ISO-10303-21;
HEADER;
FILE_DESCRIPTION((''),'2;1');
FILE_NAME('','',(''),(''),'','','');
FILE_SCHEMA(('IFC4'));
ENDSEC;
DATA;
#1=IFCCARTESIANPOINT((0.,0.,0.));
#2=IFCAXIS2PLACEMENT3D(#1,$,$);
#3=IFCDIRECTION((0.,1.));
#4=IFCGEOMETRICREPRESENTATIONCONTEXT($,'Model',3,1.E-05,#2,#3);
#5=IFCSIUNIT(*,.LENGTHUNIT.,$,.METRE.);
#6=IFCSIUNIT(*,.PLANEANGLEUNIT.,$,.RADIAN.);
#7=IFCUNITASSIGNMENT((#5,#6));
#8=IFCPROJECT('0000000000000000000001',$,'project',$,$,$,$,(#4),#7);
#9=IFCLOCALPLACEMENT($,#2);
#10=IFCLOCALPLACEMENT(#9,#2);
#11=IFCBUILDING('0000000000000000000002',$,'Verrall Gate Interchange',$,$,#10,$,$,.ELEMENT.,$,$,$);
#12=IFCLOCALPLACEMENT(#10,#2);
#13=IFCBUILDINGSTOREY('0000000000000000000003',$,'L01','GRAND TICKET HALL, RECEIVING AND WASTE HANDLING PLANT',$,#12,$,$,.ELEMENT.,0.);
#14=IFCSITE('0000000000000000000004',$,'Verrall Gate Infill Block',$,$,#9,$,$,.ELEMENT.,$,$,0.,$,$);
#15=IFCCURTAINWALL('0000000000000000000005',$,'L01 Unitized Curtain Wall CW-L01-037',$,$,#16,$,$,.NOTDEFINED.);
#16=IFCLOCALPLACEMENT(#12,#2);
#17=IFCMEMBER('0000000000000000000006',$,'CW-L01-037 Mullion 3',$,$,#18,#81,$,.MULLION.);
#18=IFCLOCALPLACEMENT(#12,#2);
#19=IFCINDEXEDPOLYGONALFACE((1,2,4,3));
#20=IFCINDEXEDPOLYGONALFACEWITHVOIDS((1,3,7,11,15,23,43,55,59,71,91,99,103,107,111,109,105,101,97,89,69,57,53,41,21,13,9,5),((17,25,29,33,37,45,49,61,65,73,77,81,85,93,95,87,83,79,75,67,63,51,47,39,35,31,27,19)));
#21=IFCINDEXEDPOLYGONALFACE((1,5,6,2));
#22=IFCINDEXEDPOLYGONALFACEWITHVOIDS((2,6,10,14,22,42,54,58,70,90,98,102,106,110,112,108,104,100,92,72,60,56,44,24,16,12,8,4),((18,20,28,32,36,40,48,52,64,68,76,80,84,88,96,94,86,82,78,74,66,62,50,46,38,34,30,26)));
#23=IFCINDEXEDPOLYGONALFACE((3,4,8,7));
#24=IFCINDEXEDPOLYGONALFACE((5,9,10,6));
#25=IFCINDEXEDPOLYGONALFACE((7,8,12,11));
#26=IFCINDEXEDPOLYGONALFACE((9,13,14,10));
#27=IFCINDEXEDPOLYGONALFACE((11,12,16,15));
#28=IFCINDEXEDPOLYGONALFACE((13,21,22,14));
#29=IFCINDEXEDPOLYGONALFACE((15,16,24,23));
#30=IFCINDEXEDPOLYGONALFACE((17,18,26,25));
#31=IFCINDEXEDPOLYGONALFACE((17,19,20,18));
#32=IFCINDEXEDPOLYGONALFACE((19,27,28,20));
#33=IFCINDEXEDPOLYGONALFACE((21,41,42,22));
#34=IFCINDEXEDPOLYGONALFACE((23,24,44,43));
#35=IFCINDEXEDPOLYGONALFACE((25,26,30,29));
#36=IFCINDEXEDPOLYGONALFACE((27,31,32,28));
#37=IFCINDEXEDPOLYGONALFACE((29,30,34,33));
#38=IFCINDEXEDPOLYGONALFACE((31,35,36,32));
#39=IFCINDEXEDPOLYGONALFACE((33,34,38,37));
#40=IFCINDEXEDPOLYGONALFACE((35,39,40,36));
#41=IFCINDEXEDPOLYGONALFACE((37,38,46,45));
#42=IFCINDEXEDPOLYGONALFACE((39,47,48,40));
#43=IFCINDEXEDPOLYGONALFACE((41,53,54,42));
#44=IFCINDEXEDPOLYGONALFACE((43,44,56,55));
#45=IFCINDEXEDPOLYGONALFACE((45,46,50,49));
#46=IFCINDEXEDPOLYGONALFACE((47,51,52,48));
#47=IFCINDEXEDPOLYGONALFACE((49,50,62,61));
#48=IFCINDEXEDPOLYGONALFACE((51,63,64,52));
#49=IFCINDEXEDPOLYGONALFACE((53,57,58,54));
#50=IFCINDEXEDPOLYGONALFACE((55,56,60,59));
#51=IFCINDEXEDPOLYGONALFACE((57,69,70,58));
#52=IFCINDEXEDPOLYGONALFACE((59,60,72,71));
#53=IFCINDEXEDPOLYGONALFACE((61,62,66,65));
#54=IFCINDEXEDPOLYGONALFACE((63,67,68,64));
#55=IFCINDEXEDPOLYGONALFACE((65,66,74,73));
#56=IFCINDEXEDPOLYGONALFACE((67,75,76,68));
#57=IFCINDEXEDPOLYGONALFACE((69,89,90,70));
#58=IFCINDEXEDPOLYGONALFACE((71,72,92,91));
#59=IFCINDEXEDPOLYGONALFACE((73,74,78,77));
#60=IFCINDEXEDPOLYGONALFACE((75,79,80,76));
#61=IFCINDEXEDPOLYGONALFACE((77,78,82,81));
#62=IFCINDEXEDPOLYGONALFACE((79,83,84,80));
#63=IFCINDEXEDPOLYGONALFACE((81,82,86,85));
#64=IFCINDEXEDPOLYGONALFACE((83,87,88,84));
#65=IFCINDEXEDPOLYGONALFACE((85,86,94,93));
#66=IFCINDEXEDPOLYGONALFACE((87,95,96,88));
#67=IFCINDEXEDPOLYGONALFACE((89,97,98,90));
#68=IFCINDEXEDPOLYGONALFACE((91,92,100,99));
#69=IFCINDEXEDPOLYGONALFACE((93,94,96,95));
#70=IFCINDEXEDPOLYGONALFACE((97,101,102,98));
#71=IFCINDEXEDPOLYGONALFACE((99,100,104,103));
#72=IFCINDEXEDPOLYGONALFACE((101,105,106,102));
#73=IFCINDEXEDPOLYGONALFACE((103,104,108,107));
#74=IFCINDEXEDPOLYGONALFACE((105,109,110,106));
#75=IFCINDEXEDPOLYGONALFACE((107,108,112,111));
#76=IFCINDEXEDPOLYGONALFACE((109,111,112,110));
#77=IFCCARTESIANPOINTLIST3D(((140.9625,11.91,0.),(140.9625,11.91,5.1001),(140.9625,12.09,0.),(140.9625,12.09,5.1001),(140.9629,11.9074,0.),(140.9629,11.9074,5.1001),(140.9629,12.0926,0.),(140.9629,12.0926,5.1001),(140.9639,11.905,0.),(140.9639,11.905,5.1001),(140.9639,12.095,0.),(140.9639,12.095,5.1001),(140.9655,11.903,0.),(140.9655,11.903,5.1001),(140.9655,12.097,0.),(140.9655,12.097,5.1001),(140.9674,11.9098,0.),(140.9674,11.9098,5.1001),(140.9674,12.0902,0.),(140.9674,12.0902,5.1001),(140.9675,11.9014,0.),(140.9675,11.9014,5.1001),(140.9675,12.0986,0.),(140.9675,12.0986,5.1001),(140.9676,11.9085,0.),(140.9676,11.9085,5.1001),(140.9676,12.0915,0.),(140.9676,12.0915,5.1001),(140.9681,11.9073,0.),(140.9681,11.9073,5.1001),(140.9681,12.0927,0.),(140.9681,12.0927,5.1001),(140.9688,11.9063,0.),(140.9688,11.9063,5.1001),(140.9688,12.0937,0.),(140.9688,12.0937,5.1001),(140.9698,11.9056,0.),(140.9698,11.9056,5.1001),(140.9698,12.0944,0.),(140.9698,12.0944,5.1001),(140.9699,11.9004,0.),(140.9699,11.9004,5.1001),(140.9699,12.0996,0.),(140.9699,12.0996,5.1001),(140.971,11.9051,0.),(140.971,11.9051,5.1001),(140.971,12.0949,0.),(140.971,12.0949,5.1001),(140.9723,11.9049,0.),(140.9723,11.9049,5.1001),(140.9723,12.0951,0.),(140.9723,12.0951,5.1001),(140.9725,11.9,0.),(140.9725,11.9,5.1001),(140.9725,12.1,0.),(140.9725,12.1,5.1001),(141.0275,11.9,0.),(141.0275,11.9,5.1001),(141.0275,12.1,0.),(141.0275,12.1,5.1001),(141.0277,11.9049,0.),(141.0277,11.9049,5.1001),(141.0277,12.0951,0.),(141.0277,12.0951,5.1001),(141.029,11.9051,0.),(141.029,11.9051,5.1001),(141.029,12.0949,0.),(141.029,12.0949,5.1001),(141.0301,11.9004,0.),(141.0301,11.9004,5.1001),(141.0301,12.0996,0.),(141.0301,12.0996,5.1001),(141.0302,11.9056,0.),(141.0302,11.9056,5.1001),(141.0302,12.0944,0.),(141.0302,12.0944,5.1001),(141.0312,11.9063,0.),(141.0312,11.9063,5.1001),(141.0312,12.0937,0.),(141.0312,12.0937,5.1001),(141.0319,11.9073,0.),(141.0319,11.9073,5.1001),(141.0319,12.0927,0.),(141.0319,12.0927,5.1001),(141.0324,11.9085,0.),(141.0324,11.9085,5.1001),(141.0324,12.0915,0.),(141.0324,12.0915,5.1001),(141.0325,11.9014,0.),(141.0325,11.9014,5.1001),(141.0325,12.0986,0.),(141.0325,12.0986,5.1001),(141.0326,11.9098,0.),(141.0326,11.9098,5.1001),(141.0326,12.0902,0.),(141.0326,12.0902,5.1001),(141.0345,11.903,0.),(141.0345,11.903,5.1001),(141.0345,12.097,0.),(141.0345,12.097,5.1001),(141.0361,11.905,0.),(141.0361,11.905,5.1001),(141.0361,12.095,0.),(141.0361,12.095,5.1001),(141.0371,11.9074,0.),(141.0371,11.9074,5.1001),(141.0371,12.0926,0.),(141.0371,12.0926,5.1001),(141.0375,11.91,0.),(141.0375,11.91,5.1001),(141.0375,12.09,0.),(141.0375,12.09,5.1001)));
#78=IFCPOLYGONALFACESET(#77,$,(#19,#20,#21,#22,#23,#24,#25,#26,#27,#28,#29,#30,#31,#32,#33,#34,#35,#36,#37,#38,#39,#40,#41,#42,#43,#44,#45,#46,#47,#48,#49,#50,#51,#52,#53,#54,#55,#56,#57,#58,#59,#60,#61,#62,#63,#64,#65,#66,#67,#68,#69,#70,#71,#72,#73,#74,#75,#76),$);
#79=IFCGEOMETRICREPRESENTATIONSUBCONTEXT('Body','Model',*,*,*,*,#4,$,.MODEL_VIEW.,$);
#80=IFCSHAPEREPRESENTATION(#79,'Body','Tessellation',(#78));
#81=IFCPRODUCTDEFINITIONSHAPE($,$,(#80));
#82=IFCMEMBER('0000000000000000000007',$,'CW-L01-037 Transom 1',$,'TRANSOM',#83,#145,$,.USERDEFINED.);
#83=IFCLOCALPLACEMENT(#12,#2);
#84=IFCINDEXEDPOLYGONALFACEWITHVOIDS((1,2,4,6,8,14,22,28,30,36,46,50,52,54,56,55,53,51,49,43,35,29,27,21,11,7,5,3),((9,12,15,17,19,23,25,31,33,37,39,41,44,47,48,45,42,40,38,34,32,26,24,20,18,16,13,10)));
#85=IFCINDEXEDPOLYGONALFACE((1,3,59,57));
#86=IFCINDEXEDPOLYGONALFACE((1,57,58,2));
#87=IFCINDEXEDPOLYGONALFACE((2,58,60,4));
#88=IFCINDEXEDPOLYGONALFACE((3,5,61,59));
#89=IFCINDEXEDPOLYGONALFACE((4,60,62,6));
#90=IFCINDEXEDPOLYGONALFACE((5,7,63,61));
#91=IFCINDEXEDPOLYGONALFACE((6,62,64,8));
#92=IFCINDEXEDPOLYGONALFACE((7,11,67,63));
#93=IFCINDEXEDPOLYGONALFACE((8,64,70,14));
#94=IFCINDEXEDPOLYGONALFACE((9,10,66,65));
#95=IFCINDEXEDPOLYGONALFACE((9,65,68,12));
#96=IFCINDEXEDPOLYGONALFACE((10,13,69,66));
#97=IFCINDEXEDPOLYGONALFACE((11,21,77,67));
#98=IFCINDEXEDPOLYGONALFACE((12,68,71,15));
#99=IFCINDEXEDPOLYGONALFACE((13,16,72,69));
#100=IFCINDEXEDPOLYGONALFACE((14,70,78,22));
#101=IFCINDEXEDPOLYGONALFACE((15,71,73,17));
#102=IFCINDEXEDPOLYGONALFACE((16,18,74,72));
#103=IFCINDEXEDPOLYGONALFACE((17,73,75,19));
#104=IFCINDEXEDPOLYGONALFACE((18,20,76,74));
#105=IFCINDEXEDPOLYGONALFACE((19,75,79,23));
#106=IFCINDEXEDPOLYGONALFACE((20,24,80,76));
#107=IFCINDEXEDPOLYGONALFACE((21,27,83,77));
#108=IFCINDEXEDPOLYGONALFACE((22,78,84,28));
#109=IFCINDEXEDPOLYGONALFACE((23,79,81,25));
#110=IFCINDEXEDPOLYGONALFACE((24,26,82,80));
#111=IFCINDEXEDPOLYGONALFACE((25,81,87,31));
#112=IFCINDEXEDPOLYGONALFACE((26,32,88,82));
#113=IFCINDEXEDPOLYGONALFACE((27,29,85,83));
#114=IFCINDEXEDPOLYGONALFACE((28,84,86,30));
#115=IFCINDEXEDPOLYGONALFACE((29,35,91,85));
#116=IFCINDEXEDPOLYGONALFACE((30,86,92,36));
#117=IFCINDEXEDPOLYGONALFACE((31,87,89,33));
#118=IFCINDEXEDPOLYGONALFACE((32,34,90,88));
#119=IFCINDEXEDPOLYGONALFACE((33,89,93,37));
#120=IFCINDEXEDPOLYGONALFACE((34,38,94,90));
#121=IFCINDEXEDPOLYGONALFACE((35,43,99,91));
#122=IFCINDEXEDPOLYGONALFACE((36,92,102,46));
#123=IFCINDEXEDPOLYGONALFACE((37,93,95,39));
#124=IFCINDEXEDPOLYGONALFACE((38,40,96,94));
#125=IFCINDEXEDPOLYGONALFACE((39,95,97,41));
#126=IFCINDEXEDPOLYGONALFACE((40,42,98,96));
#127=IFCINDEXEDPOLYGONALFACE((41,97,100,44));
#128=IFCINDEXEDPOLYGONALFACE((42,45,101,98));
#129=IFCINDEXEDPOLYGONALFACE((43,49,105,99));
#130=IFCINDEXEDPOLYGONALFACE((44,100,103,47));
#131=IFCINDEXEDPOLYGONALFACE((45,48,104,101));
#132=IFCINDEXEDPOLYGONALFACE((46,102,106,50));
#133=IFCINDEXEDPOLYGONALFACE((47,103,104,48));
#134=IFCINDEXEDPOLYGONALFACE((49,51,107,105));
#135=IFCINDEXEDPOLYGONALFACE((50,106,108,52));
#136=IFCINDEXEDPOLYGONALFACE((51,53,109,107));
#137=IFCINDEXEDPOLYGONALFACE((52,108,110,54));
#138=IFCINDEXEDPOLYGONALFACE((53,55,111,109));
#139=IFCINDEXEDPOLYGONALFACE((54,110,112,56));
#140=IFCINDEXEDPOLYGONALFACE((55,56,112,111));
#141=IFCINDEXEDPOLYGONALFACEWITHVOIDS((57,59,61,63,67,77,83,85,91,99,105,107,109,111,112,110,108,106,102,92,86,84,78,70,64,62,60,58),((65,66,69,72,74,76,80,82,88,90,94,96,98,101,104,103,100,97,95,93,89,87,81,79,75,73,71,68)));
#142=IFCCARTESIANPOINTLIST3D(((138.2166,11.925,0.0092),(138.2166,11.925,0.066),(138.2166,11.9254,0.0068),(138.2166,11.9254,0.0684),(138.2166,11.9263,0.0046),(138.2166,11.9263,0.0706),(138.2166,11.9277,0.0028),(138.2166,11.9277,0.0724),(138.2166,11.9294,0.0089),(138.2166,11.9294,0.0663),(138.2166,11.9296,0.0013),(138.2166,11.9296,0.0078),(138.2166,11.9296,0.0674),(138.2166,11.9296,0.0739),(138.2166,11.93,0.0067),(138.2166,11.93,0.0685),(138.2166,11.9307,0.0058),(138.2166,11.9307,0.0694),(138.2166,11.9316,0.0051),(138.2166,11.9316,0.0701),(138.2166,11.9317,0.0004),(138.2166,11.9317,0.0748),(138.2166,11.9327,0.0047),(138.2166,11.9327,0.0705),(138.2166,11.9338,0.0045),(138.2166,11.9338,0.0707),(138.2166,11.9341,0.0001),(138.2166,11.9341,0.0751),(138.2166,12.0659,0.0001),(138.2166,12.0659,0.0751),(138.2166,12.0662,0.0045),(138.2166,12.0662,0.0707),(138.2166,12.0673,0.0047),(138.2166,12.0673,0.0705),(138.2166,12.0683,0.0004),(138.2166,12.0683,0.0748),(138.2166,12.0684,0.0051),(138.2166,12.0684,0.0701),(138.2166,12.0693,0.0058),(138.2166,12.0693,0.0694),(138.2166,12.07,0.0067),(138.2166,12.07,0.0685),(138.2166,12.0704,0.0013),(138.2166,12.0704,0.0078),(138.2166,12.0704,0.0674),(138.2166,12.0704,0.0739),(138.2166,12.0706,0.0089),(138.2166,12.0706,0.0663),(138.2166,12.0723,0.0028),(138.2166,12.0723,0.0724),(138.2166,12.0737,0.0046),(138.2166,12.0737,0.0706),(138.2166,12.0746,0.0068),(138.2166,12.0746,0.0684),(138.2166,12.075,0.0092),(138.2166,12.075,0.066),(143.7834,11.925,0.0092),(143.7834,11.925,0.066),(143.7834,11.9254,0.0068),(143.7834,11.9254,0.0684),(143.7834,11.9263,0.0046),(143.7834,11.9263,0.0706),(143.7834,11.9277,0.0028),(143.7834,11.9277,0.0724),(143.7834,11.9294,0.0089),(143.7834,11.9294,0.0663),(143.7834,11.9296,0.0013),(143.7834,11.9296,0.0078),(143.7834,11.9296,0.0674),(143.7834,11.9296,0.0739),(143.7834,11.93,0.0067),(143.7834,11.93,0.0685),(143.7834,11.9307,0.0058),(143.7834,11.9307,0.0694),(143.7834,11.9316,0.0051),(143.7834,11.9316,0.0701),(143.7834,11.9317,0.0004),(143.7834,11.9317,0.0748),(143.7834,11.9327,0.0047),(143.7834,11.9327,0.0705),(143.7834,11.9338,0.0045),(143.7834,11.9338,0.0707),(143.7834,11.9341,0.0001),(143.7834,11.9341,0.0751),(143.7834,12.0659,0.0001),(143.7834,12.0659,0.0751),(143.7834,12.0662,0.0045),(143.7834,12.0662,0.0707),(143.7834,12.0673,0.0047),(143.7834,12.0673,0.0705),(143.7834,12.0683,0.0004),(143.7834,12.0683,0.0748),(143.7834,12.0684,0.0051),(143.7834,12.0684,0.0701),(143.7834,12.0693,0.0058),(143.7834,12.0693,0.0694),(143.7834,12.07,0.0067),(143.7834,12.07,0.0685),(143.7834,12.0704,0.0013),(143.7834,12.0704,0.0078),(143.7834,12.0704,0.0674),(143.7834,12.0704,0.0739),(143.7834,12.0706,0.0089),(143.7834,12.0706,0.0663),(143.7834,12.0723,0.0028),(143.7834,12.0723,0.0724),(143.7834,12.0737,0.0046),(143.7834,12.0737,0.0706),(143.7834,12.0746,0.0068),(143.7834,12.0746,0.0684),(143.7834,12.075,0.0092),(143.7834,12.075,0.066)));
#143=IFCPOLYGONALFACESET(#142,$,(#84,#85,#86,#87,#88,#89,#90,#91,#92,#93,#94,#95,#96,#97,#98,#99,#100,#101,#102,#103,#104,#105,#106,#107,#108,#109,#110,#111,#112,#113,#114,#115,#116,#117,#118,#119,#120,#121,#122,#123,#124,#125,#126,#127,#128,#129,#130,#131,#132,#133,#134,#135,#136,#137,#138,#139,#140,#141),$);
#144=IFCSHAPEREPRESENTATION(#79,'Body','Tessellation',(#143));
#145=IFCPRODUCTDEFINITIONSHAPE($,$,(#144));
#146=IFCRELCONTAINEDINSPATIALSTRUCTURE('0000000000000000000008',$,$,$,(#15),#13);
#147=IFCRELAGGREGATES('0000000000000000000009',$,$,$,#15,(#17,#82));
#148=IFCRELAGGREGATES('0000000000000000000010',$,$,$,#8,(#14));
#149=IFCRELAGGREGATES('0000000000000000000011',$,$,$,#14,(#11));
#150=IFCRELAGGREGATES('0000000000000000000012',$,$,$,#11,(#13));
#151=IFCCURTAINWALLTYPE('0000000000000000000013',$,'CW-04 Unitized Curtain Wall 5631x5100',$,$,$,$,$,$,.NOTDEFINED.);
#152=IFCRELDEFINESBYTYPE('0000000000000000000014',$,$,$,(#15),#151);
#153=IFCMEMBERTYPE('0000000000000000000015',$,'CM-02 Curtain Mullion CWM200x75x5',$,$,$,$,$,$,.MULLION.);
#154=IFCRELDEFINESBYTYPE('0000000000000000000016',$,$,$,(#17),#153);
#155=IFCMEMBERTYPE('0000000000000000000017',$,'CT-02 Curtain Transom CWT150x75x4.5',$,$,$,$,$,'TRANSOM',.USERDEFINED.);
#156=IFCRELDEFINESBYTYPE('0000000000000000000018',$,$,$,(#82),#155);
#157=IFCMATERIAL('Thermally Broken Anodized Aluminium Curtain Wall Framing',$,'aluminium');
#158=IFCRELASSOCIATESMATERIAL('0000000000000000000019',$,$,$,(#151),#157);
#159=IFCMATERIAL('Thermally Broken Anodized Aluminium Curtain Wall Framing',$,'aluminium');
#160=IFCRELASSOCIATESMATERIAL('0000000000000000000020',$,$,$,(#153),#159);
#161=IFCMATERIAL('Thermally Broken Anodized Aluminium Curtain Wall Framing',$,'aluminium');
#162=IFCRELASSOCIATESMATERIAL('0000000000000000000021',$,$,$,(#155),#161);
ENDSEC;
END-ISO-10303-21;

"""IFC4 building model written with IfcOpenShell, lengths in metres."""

from ifc_helpers import new_model, si_unit, direction, frame, origin, origin_2d, place, context, subcontext, project, spatial, hollow_rectangle, extrude, material, material_profile, profile_set, type_object, element, aggregate, save


model = new_model("IFC4")

# Units and contexts
model_context = context("Model", 3, precision=1e-05, world=origin(), true_north=direction((0.0, 1.0)))
body_context = subcontext(model_context, "Body", "Model", "MODEL_VIEW")
ifc_project = project(units=[si_unit("LENGTHUNIT", "METRE"), si_unit("PLANEANGLEUNIT", "RADIAN")], contexts=[model_context])

# Site, building, storey
site_placement = place(None, origin())
site = spatial("IfcSite", under=ifc_project, at=site_placement, Name="Verrall Gate Infill Block", CompositionType="ELEMENT", RefElevation=0.0)
building_placement = place(site_placement, origin())
building = spatial("IfcBuilding", under=site, at=building_placement, Name="Verrall Gate Interchange", CompositionType="ELEMENT")
storey_placement = place(building_placement, origin())
storey = spatial("IfcBuildingStorey", under=building, at=storey_placement, Name="L01", Description="GRAND TICKET HALL, RECEIVING AND WASTE HANDLING PLANT", CompositionType="ELEMENT", Elevation=0.0)

# Curtain wall, members
ifc_material_1 = material(Name="Thermally Broken Anodized Aluminium Curtain Wall Framing", Category="aluminium")
curtain_wall_type = type_object("IfcCurtainWallType", Name="CW-04 Unitized Curtain Wall 5631x5100", PredefinedType="NOTDEFINED", material=ifc_material_1)
curtain_wall_placement = place(storey_placement, origin())
curtain_wall = element("IfcCurtainWall", 1, at=curtain_wall_placement, inside=storey, type_object=curtain_wall_type, Name="L01 Unitized Curtain Wall CW-L01-037", PredefinedType="NOTDEFINED")
ifc_material_2 = material(Name="Thermally Broken Anodized Aluminium Curtain Wall Framing", Category="aluminium")
ifc_material_profile_1 = material_profile(ifc_material_2, hollow_rectangle(XDim=0.075, YDim=0.2, WallThickness=0.0049, InnerFilletRadius=0.0049, OuterFilletRadius=0.01, at=origin_2d()), Name="CWM200x75x5")
ifc_profile_set_1 = profile_set([ifc_material_profile_1], Name="Thermally Broken Anodized Aluminium Curtain Wall Framing")
member_type_1 = type_object("IfcMemberType", Name="CM-02 Curtain Mullion CWM200x75x5", PredefinedType="MULLION", material=ifc_profile_set_1)
member_1_placement = place(storey_placement, frame((141.0, 12.0, 0.0), z_axis=(0.0, 0.0, 1.0), x_axis=(1.0, 0.0, 0.0)))
member_1 = element("IfcMember", 2, at=member_1_placement, type_object=member_type_1, Name="CW-L01-037 Mullion 3", PredefinedType="MULLION", context=body_context, shape_type="SweptSolid", body=[
    extrude(hollow_rectangle(XDim=0.075, YDim=0.2, WallThickness=0.0049, InnerFilletRadius=0.0049, OuterFilletRadius=0.01, at=origin_2d()), origin(), (0.0, 0.0, 1.0), 5.1001),
])
ifc_material_3 = material(Name="Thermally Broken Anodized Aluminium Curtain Wall Framing", Category="aluminium")
ifc_material_profile_2 = material_profile(ifc_material_3, hollow_rectangle(XDim=0.1499, YDim=0.075, WallThickness=0.0044, InnerFilletRadius=0.0044, OuterFilletRadius=0.009, at=origin_2d()), Name="CWT150x75x4.5")
ifc_profile_set_2 = profile_set([ifc_material_profile_2], Name="Thermally Broken Anodized Aluminium Curtain Wall Framing")
member_type_2 = type_object("IfcMemberType", Name="CT-02 Curtain Transom CWT150x75x4.5", ElementType="TRANSOM", PredefinedType="USERDEFINED", material=ifc_profile_set_2)
member_2_placement = place(storey_placement, frame((138.2166, 12.0, 0.0376), z_axis=(1.0, 0.0, 0.0), x_axis=(0.0, 1.0, 0.0)))
member_2 = element("IfcMember", 3, at=member_2_placement, type_object=member_type_2, Name="CW-L01-037 Transom 1", ObjectType="TRANSOM", PredefinedType="USERDEFINED", context=body_context, shape_type="SweptSolid", body=[
    extrude(hollow_rectangle(XDim=0.1499, YDim=0.075, WallThickness=0.0044, InnerFilletRadius=0.0044, OuterFilletRadius=0.009, at=origin_2d()), origin(), (0.0, 0.0, 1.0), 5.5669),
])

aggregate(curtain_wall, [member_1, member_2])

save(model, "model.ifc")
